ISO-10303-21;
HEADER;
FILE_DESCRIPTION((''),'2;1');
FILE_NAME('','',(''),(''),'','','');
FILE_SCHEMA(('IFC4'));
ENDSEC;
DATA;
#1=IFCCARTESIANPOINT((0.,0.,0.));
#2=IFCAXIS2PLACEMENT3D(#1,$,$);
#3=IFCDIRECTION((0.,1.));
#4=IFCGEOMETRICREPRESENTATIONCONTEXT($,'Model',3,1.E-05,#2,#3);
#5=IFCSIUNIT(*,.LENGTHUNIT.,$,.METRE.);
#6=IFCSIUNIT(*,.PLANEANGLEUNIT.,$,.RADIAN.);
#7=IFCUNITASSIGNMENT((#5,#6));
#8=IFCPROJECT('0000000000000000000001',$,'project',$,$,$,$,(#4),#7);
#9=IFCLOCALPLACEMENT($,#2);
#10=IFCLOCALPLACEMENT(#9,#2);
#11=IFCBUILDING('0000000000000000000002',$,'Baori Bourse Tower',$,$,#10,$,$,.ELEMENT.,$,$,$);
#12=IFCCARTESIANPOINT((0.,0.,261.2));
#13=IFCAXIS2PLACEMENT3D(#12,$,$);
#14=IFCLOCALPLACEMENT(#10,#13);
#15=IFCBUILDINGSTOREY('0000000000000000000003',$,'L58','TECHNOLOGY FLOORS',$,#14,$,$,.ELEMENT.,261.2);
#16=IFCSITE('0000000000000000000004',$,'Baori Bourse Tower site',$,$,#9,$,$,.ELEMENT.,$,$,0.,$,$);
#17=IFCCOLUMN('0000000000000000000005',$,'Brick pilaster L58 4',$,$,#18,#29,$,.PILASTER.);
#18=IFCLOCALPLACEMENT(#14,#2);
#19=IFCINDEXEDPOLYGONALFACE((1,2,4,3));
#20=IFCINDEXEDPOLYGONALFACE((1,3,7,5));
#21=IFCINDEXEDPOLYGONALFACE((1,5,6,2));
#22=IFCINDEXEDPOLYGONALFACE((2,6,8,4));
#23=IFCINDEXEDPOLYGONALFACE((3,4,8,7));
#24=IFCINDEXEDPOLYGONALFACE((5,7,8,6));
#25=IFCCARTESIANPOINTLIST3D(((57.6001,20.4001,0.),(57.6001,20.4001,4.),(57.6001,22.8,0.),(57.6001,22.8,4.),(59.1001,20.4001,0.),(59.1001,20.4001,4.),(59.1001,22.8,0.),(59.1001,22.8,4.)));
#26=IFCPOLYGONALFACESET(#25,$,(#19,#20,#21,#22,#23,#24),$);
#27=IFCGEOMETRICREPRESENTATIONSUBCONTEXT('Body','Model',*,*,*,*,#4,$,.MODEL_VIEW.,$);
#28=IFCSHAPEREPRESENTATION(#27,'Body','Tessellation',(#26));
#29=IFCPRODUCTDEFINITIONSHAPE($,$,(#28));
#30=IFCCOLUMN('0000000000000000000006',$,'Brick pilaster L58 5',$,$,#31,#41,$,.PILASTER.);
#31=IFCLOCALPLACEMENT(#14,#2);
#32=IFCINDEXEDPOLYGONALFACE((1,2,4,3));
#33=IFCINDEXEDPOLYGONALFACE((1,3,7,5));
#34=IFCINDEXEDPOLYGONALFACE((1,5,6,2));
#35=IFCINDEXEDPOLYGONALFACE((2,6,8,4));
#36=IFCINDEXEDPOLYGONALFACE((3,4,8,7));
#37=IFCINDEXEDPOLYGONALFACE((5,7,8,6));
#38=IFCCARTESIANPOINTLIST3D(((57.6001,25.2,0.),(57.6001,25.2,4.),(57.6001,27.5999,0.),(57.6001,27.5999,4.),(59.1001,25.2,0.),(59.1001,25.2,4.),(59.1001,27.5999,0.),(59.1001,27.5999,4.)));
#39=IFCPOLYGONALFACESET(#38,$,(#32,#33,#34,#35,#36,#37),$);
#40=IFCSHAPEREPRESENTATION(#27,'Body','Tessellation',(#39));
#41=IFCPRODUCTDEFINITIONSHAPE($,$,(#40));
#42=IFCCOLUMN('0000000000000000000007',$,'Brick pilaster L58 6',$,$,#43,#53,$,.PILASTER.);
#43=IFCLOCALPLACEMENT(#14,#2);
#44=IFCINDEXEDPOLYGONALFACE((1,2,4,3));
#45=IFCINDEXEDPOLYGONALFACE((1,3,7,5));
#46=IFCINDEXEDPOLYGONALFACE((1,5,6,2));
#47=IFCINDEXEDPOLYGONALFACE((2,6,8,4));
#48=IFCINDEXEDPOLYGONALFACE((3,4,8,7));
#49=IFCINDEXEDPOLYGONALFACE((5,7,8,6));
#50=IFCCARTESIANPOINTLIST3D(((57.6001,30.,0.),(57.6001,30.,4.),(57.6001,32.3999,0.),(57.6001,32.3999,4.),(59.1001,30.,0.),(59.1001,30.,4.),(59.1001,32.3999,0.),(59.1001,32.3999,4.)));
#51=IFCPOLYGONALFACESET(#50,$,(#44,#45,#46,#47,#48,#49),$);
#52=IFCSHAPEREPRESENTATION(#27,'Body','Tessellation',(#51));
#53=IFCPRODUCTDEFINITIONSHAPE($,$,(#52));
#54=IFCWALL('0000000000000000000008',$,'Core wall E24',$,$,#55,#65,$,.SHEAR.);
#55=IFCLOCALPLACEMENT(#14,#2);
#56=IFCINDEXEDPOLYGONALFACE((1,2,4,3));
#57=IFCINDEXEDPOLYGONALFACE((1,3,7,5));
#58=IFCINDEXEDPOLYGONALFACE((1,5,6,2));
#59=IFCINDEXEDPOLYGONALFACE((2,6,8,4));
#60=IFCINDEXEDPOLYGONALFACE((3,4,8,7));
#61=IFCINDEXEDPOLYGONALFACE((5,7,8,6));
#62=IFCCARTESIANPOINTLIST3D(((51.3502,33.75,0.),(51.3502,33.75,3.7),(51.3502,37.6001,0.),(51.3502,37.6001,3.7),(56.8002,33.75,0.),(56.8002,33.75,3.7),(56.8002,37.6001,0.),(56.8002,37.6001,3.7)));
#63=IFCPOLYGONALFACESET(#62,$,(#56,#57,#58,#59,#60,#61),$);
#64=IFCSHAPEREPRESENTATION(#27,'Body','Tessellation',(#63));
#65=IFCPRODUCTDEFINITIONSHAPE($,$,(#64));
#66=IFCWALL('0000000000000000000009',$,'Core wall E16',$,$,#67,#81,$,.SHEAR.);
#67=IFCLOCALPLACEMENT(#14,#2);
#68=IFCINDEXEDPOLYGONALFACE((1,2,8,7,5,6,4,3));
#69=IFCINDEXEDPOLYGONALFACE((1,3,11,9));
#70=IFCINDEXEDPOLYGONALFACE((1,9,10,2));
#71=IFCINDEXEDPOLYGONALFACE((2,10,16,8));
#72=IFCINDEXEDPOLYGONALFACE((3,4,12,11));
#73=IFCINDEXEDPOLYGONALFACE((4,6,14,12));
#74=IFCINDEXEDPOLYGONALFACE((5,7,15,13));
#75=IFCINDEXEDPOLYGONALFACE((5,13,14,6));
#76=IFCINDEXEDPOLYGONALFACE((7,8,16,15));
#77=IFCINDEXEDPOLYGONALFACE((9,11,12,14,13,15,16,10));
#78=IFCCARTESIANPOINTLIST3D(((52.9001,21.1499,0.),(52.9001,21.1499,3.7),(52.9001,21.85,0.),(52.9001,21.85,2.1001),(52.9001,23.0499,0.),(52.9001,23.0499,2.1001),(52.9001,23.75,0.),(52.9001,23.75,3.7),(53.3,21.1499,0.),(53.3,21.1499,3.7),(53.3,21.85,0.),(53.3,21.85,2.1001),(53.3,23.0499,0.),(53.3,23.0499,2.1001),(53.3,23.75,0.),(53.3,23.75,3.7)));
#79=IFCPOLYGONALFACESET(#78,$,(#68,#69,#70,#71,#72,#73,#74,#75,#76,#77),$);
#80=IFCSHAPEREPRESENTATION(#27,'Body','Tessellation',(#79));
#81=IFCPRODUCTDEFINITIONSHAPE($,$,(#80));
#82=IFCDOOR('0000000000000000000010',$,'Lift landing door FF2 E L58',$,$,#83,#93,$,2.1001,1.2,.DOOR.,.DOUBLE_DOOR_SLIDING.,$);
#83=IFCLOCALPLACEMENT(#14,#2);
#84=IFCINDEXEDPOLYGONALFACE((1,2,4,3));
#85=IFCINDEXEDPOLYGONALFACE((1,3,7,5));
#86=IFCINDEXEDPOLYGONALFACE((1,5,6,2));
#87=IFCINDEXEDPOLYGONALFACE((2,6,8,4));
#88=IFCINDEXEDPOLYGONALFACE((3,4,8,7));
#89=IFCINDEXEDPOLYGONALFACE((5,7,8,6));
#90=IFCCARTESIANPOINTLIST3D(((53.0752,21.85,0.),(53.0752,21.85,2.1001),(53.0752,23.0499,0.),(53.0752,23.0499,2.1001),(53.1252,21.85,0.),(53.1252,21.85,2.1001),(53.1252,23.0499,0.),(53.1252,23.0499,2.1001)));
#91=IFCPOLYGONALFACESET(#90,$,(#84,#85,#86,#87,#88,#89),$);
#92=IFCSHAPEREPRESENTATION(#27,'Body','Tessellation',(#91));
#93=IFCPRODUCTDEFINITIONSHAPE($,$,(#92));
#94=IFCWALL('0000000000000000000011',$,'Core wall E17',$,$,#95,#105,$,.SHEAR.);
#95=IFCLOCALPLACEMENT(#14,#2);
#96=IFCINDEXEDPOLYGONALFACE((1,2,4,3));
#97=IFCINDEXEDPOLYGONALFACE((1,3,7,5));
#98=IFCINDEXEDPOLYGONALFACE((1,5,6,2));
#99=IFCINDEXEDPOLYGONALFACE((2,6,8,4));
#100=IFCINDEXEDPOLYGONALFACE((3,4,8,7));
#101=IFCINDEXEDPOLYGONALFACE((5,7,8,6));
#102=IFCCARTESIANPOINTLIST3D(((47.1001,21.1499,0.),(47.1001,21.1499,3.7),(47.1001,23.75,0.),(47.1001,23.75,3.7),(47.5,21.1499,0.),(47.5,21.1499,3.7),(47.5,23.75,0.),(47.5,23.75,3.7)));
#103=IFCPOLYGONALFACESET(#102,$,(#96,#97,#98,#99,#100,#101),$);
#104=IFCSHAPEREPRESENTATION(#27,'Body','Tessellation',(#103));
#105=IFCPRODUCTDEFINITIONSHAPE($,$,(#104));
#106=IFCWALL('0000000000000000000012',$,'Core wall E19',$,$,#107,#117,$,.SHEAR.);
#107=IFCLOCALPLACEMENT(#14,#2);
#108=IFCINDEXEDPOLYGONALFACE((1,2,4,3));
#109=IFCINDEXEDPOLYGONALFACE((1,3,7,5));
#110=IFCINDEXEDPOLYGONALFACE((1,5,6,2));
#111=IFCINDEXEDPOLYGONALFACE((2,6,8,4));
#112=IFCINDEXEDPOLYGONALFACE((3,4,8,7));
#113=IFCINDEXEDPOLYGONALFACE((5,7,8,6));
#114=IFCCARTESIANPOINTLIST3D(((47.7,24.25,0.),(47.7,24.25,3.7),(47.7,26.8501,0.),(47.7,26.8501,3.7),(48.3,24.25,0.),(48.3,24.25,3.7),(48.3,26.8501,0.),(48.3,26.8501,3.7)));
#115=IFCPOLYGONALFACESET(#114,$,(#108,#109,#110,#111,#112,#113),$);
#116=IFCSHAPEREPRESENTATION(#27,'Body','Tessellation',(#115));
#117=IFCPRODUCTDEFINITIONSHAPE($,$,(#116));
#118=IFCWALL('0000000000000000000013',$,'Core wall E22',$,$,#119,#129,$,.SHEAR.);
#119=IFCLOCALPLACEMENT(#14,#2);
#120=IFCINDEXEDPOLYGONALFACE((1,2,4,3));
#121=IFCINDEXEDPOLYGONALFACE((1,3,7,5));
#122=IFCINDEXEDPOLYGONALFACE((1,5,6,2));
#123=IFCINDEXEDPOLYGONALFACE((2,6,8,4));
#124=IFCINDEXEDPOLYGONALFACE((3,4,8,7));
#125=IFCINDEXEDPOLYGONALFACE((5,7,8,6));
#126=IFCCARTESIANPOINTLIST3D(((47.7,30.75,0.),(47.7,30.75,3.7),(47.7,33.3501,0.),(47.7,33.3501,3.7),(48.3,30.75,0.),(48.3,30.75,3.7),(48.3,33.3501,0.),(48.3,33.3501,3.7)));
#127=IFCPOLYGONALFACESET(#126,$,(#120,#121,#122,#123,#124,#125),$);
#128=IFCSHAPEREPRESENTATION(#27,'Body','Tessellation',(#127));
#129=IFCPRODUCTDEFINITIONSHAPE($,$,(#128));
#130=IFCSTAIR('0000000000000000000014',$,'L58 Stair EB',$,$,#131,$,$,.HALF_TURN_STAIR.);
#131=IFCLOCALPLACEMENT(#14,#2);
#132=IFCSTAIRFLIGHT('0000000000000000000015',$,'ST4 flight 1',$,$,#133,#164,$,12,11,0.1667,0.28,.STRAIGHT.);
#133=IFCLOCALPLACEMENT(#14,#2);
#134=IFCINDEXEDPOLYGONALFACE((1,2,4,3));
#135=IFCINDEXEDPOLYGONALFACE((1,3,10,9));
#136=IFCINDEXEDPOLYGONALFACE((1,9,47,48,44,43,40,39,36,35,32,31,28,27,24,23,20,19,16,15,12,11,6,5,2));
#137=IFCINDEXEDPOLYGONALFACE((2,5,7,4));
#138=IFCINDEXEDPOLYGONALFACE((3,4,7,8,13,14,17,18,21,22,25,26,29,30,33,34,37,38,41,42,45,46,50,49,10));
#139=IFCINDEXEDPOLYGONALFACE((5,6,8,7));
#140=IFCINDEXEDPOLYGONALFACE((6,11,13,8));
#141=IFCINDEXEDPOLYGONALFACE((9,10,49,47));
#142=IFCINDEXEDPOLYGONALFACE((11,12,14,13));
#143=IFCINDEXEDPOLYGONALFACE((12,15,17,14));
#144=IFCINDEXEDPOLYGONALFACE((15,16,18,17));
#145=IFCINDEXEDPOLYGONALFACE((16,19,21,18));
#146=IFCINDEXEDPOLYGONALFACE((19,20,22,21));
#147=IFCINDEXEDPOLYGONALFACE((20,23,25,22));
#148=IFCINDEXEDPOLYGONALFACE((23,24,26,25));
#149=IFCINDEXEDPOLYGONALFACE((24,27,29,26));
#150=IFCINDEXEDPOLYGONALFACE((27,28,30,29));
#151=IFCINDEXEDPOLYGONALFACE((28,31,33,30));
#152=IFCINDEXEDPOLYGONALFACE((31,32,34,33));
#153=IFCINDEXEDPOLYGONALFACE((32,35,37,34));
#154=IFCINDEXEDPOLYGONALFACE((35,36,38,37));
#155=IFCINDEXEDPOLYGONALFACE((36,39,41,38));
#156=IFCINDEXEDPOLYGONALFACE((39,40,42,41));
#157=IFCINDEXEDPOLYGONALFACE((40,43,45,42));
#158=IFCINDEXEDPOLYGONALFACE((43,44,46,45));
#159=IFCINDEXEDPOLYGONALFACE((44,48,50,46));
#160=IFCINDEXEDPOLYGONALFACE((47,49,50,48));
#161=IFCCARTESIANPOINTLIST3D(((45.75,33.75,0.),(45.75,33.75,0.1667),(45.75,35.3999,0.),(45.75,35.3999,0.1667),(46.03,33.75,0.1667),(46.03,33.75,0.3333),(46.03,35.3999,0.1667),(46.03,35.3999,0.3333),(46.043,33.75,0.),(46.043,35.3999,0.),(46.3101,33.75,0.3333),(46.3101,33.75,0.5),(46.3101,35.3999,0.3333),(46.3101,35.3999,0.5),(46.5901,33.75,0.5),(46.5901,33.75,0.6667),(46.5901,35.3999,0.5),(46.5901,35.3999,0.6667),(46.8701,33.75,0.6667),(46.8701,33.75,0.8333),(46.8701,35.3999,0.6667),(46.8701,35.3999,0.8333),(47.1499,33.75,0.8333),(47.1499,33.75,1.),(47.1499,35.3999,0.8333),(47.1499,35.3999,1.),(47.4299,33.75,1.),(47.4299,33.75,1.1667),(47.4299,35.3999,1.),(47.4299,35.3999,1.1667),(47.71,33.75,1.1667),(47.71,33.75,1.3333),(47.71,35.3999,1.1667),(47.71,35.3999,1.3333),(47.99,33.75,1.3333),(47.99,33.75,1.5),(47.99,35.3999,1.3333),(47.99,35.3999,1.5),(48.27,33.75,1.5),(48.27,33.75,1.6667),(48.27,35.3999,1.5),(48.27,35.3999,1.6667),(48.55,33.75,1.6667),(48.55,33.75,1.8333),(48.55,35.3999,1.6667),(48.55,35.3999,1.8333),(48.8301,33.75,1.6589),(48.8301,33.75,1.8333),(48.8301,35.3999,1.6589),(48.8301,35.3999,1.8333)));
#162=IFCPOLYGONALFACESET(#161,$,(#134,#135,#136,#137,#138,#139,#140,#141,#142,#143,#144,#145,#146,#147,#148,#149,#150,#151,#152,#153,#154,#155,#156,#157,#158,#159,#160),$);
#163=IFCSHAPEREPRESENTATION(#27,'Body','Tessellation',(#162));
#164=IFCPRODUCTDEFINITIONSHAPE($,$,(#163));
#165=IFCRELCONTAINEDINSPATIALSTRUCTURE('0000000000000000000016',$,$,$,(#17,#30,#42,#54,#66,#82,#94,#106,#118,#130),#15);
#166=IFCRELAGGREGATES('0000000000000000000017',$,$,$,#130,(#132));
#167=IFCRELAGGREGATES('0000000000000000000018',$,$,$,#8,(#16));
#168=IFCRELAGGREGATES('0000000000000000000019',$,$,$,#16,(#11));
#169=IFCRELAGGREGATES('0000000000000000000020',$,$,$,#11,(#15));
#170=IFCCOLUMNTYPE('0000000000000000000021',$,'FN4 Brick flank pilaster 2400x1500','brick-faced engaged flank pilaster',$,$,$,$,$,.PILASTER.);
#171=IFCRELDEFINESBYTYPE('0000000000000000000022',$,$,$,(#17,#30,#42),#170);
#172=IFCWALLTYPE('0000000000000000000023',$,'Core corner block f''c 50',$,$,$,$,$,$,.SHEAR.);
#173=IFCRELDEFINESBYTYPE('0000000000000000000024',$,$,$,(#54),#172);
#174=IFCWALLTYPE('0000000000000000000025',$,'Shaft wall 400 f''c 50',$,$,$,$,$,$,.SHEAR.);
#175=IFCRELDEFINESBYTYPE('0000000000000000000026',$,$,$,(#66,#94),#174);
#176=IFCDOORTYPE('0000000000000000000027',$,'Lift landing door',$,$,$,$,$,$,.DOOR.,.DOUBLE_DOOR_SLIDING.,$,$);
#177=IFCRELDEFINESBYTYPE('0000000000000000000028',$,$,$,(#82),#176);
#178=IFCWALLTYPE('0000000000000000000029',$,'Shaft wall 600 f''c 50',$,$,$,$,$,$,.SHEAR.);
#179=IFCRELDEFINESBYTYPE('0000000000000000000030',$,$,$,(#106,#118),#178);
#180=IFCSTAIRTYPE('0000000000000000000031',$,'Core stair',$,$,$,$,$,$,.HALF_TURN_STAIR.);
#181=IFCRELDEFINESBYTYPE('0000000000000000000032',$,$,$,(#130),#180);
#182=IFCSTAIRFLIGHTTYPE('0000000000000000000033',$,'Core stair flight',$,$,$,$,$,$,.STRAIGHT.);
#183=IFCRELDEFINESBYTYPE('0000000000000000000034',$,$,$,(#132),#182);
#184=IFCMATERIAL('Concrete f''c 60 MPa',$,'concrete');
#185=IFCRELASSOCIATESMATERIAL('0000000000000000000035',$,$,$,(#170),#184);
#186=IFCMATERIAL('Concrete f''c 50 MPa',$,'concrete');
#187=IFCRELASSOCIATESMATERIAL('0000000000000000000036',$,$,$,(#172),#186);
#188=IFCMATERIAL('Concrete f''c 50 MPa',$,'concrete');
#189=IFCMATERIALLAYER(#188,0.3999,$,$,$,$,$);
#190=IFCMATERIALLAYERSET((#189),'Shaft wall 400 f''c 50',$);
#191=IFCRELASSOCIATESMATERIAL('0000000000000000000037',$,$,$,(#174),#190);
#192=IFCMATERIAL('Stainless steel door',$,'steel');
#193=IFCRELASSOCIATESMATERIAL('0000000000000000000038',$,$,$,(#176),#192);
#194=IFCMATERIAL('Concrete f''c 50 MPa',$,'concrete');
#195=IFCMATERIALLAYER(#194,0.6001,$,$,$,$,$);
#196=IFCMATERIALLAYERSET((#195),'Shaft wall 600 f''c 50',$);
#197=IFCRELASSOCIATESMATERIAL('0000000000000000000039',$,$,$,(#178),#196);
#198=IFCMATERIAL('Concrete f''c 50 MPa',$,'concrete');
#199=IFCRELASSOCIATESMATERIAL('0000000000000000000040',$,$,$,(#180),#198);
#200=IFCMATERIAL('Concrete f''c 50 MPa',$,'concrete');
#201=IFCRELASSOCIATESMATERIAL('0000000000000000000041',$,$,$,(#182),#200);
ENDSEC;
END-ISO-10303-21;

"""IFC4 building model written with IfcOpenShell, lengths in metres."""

from ifc_helpers import new_model, si_unit, direction, frame, frame_2d, origin, origin_2d, place, context, subcontext, project, spatial, polyline, rectangle, outline, extrude, material, layer, layer_set, material_profile, profile_set, type_object, element, fill, aggregate, save


model = new_model("IFC4")

# Units and contexts
model_context = context("Model", 3, precision=1e-05, world=origin(), true_north=direction((0.0, 1.0)))
body_context = subcontext(model_context, "Body", "Model", "MODEL_VIEW")
ifc_project = project(units=[si_unit("LENGTHUNIT", "METRE"), si_unit("PLANEANGLEUNIT", "RADIAN")], contexts=[model_context])

# Site, building, storey
site_placement = place(None, origin())
site = spatial("IfcSite", under=ifc_project, at=site_placement, Name="Baori Bourse Tower site", CompositionType="ELEMENT", RefElevation=0.0)
building_placement = place(site_placement, origin())
building = spatial("IfcBuilding", under=site, at=building_placement, Name="Baori Bourse Tower", CompositionType="ELEMENT")
storey_placement = place(building_placement, frame((0.0, 0.0, 261.2)))
storey = spatial("IfcBuildingStorey", under=building, at=storey_placement, Name="L58", Description="TECHNOLOGY FLOORS", CompositionType="ELEMENT", Elevation=261.2)

# Columns
ifc_material_1 = material(Name="Concrete f'c 60 MPa", Category="concrete")
ifc_material_profile = material_profile(ifc_material_1, rectangle(XDim=2.3999, YDim=1.5, at=origin_2d()), Name="RC 2400x1500")
ifc_profile_set = profile_set([ifc_material_profile], Name="Concrete f'c 60 MPa")
column_type = type_object("IfcColumnType", Name="FN4 Brick flank pilaster 2400x1500", Description="brick-faced engaged flank pilaster", PredefinedType="PILASTER", material=ifc_profile_set)
for number, where, z_axis, x_axis, name in (
    (1, (58.3501, 21.6001, 0.0), (0.0, 0.0, 1.0), (0.0, 1.0, 0.0), "Brick pilaster L58 4"),
    (2, (58.3501, 26.3999, 0.0), (0.0, 0.0, 1.0), (0.0, 1.0, 0.0), "Brick pilaster L58 5"),
    (3, (58.3501, 31.2, 0.0), (0.0, 0.0, 1.0), (0.0, 1.0, 0.0), "Brick pilaster L58 6"),
):
    element("IfcColumn", number, at=place(storey_placement, frame(where, z_axis=z_axis, x_axis=x_axis)), inside=storey, type_object=column_type, Name=name, PredefinedType="PILASTER", context=body_context, shape_type="SweptSolid", body=[
        extrude(rectangle(XDim=2.3999, YDim=1.5, at=origin_2d()), origin(), (0.0, 0.0, 1.0), 4.0),
    ])

# Wall
ifc_material_2 = material(Name="Concrete f'c 50 MPa", Category="concrete")
wall_type_1 = type_object("IfcWallType", Name="Core corner block f'c 50", PredefinedType="SHEAR", material=ifc_material_2)
wall_1_placement = place(storey_placement, frame((51.3501, 35.675, 0.0), z_axis=(0.0, 0.0, 1.0), x_axis=(1.0, 0.0, 0.0)))
element("IfcWall", 4, at=wall_1_placement, inside=storey, type_object=wall_type_1, Name="Core wall E24", PredefinedType="SHEAR", context=body_context, shape_type="SweptSolid", body=[
    extrude(rectangle(XDim=5.45, YDim=3.8501, at=frame_2d((2.7251, 0.0))), origin(), (0.0, 0.0, 1.0), 3.7),
])

# Wall, opening, door
ifc_material_3 = material(Name="Concrete f'c 50 MPa", Category="concrete")
ifc_layer_1 = layer(ifc_material_3, 0.3999)
ifc_layer_set_1 = layer_set([ifc_layer_1], Name="Shaft wall 400 f'c 50")
wall_type_2 = type_object("IfcWallType", Name="Shaft wall 400 f'c 50", PredefinedType="SHEAR", material=ifc_layer_set_1)
wall_2_placement = place(storey_placement, frame((53.1001, 21.1499, 0.0), z_axis=(0.0, 0.0, 1.0), x_axis=(0.0, 1.0, 0.0)))
wall_2 = element("IfcWall", 5, at=wall_2_placement, inside=storey, type_object=wall_type_2, Name="Core wall E16", PredefinedType="SHEAR", context=body_context, shape_type="SweptSolid", body=[
    extrude(rectangle(XDim=2.6001, YDim=0.3999, at=frame_2d((1.3, 0.0))), origin(), (0.0, 0.0, 1.0), 3.7),
])
opening_placement = place(wall_2_placement, frame((0.7, 0.0, 0.0)))
opening = element("IfcOpeningElement", 6, at=opening_placement, cuts=wall_2, PredefinedType="OPENING", context=body_context, shape_type="SweptSolid", body=[
    extrude(rectangle(XDim=1.2, YDim=2.1001, at=frame_2d((0.6001, 1.05))), frame((0.0, 0.21, 0.0), z_axis=(0.0, -1.0, 0.0), x_axis=(1.0, 0.0, 0.0)), (0.0, 0.0, 1.0), 0.4199),
])
ifc_material_4 = material(Name="Stainless steel door", Category="steel")
door_type = type_object("IfcDoorType", Name="Lift landing door", OperationType="DOUBLE_DOOR_SLIDING", PredefinedType="DOOR", material=ifc_material_4)
door_placement = place(opening_placement, origin())
door = element("IfcDoor", 7, at=door_placement, inside=storey, type_object=door_type, Name="Lift landing door FF2 E L58", OperationType="DOUBLE_DOOR_SLIDING", OverallHeight=2.1001, OverallWidth=1.2, PredefinedType="DOOR", context=body_context, shape_type="SweptSolid", body=[
    extrude(rectangle(XDim=1.2, YDim=2.1001, at=frame_2d((0.6001, 1.05))), frame((0.0, 0.0249, 0.0), z_axis=(0.0, -1.0, 0.0), x_axis=(1.0, 0.0, 0.0)), (0.0, 0.0, 1.0), 0.05),
])
fill(opening, door)

# Walls
wall_3_placement = place(storey_placement, frame((47.3, 21.1499, 0.0), z_axis=(0.0, 0.0, 1.0), x_axis=(0.0, 1.0, 0.0)))
element("IfcWall", 8, at=wall_3_placement, inside=storey, type_object=wall_type_2, Name="Core wall E17", PredefinedType="SHEAR", context=body_context, shape_type="SweptSolid", body=[
    extrude(rectangle(XDim=2.6001, YDim=0.3999, at=frame_2d((1.3, 0.0))), origin(), (0.0, 0.0, 1.0), 3.7),
])
ifc_material_5 = material(Name="Concrete f'c 50 MPa", Category="concrete")
ifc_layer_2 = layer(ifc_material_5, 0.6001)
ifc_layer_set_2 = layer_set([ifc_layer_2], Name="Shaft wall 600 f'c 50")
wall_type_3 = type_object("IfcWallType", Name="Shaft wall 600 f'c 50", PredefinedType="SHEAR", material=ifc_layer_set_2)
for number, where, z_axis, x_axis, name in (
    (9, (48.0, 24.25, 0.0), (0.0, 0.0, 1.0), (0.0, 1.0, 0.0), "Core wall E19"),
    (10, (48.0, 30.75, 0.0), (0.0, 0.0, 1.0), (0.0, 1.0, 0.0), "Core wall E22"),
):
    element("IfcWall", number, at=place(storey_placement, frame(where, z_axis=z_axis, x_axis=x_axis)), inside=storey, type_object=wall_type_3, Name=name, PredefinedType="SHEAR", context=body_context, shape_type="SweptSolid", body=[
        extrude(rectangle(XDim=2.6001, YDim=0.6001, at=frame_2d((1.3, 0.0))), origin(), (0.0, 0.0, 1.0), 3.7),
    ])

# Stair, stair flight
ifc_material_6 = material(Name="Concrete f'c 50 MPa", Category="concrete")
stair_type = type_object("IfcStairType", Name="Core stair", PredefinedType="HALF_TURN_STAIR", material=ifc_material_6)
stair_placement = place(storey_placement, origin())
stair = element("IfcStair", 11, at=stair_placement, inside=storey, type_object=stair_type, Name="L58 Stair EB", PredefinedType="HALF_TURN_STAIR")
ifc_material_7 = material(Name="Concrete f'c 50 MPa", Category="concrete")
stair_flight_type = type_object("IfcStairFlightType", Name="Core stair flight", PredefinedType="STRAIGHT", material=ifc_material_7)
stair_flight_placement = place(storey_placement, frame((45.75, 34.575, 0.0), z_axis=(0.0, 0.0, 1.0), x_axis=(1.0, 0.0, 0.0)))
stair_flight = element("IfcStairFlight", 12, at=stair_flight_placement, type_object=stair_flight_type, Name="ST4 flight 1", NumberOfRisers=12, NumberOfTreads=11, PredefinedType="STRAIGHT", RiserHeight=0.1667, TreadLength=0.28, context=body_context, shape_type="SweptSolid", body=[
    extrude(outline(polyline([(0.0, 0.0), (0.0, 0.1667), (0.28, 0.1667), (0.28, 0.3333), (0.5601, 0.3333), (0.5601, 0.5), (0.8401, 0.5), (0.8401, 0.6667), (1.1201, 0.6667), (1.1201, 0.8333), (1.3999, 0.8333), (1.3999, 1.0), (1.6799, 1.0), (1.6799, 1.1667), (1.96, 1.1667), (1.96, 1.3333), (2.24, 1.3333), (2.24, 1.5), (2.52, 1.5), (2.52, 1.6667), (2.8, 1.6667), (2.8, 1.8333), (3.0801, 1.8333), (3.0801, 2.0), (3.0801, 1.6589), (0.293, 0.0), (0.0, 0.0)])), frame((0.0, 0.825, 0.0), z_axis=(0.0, -1.0, 0.0), x_axis=(1.0, 0.0, 0.0)), (0.0, 0.0, 1.0), 1.6499),
])
aggregate(stair, [stair_flight])

save(model, "model.ifc")
